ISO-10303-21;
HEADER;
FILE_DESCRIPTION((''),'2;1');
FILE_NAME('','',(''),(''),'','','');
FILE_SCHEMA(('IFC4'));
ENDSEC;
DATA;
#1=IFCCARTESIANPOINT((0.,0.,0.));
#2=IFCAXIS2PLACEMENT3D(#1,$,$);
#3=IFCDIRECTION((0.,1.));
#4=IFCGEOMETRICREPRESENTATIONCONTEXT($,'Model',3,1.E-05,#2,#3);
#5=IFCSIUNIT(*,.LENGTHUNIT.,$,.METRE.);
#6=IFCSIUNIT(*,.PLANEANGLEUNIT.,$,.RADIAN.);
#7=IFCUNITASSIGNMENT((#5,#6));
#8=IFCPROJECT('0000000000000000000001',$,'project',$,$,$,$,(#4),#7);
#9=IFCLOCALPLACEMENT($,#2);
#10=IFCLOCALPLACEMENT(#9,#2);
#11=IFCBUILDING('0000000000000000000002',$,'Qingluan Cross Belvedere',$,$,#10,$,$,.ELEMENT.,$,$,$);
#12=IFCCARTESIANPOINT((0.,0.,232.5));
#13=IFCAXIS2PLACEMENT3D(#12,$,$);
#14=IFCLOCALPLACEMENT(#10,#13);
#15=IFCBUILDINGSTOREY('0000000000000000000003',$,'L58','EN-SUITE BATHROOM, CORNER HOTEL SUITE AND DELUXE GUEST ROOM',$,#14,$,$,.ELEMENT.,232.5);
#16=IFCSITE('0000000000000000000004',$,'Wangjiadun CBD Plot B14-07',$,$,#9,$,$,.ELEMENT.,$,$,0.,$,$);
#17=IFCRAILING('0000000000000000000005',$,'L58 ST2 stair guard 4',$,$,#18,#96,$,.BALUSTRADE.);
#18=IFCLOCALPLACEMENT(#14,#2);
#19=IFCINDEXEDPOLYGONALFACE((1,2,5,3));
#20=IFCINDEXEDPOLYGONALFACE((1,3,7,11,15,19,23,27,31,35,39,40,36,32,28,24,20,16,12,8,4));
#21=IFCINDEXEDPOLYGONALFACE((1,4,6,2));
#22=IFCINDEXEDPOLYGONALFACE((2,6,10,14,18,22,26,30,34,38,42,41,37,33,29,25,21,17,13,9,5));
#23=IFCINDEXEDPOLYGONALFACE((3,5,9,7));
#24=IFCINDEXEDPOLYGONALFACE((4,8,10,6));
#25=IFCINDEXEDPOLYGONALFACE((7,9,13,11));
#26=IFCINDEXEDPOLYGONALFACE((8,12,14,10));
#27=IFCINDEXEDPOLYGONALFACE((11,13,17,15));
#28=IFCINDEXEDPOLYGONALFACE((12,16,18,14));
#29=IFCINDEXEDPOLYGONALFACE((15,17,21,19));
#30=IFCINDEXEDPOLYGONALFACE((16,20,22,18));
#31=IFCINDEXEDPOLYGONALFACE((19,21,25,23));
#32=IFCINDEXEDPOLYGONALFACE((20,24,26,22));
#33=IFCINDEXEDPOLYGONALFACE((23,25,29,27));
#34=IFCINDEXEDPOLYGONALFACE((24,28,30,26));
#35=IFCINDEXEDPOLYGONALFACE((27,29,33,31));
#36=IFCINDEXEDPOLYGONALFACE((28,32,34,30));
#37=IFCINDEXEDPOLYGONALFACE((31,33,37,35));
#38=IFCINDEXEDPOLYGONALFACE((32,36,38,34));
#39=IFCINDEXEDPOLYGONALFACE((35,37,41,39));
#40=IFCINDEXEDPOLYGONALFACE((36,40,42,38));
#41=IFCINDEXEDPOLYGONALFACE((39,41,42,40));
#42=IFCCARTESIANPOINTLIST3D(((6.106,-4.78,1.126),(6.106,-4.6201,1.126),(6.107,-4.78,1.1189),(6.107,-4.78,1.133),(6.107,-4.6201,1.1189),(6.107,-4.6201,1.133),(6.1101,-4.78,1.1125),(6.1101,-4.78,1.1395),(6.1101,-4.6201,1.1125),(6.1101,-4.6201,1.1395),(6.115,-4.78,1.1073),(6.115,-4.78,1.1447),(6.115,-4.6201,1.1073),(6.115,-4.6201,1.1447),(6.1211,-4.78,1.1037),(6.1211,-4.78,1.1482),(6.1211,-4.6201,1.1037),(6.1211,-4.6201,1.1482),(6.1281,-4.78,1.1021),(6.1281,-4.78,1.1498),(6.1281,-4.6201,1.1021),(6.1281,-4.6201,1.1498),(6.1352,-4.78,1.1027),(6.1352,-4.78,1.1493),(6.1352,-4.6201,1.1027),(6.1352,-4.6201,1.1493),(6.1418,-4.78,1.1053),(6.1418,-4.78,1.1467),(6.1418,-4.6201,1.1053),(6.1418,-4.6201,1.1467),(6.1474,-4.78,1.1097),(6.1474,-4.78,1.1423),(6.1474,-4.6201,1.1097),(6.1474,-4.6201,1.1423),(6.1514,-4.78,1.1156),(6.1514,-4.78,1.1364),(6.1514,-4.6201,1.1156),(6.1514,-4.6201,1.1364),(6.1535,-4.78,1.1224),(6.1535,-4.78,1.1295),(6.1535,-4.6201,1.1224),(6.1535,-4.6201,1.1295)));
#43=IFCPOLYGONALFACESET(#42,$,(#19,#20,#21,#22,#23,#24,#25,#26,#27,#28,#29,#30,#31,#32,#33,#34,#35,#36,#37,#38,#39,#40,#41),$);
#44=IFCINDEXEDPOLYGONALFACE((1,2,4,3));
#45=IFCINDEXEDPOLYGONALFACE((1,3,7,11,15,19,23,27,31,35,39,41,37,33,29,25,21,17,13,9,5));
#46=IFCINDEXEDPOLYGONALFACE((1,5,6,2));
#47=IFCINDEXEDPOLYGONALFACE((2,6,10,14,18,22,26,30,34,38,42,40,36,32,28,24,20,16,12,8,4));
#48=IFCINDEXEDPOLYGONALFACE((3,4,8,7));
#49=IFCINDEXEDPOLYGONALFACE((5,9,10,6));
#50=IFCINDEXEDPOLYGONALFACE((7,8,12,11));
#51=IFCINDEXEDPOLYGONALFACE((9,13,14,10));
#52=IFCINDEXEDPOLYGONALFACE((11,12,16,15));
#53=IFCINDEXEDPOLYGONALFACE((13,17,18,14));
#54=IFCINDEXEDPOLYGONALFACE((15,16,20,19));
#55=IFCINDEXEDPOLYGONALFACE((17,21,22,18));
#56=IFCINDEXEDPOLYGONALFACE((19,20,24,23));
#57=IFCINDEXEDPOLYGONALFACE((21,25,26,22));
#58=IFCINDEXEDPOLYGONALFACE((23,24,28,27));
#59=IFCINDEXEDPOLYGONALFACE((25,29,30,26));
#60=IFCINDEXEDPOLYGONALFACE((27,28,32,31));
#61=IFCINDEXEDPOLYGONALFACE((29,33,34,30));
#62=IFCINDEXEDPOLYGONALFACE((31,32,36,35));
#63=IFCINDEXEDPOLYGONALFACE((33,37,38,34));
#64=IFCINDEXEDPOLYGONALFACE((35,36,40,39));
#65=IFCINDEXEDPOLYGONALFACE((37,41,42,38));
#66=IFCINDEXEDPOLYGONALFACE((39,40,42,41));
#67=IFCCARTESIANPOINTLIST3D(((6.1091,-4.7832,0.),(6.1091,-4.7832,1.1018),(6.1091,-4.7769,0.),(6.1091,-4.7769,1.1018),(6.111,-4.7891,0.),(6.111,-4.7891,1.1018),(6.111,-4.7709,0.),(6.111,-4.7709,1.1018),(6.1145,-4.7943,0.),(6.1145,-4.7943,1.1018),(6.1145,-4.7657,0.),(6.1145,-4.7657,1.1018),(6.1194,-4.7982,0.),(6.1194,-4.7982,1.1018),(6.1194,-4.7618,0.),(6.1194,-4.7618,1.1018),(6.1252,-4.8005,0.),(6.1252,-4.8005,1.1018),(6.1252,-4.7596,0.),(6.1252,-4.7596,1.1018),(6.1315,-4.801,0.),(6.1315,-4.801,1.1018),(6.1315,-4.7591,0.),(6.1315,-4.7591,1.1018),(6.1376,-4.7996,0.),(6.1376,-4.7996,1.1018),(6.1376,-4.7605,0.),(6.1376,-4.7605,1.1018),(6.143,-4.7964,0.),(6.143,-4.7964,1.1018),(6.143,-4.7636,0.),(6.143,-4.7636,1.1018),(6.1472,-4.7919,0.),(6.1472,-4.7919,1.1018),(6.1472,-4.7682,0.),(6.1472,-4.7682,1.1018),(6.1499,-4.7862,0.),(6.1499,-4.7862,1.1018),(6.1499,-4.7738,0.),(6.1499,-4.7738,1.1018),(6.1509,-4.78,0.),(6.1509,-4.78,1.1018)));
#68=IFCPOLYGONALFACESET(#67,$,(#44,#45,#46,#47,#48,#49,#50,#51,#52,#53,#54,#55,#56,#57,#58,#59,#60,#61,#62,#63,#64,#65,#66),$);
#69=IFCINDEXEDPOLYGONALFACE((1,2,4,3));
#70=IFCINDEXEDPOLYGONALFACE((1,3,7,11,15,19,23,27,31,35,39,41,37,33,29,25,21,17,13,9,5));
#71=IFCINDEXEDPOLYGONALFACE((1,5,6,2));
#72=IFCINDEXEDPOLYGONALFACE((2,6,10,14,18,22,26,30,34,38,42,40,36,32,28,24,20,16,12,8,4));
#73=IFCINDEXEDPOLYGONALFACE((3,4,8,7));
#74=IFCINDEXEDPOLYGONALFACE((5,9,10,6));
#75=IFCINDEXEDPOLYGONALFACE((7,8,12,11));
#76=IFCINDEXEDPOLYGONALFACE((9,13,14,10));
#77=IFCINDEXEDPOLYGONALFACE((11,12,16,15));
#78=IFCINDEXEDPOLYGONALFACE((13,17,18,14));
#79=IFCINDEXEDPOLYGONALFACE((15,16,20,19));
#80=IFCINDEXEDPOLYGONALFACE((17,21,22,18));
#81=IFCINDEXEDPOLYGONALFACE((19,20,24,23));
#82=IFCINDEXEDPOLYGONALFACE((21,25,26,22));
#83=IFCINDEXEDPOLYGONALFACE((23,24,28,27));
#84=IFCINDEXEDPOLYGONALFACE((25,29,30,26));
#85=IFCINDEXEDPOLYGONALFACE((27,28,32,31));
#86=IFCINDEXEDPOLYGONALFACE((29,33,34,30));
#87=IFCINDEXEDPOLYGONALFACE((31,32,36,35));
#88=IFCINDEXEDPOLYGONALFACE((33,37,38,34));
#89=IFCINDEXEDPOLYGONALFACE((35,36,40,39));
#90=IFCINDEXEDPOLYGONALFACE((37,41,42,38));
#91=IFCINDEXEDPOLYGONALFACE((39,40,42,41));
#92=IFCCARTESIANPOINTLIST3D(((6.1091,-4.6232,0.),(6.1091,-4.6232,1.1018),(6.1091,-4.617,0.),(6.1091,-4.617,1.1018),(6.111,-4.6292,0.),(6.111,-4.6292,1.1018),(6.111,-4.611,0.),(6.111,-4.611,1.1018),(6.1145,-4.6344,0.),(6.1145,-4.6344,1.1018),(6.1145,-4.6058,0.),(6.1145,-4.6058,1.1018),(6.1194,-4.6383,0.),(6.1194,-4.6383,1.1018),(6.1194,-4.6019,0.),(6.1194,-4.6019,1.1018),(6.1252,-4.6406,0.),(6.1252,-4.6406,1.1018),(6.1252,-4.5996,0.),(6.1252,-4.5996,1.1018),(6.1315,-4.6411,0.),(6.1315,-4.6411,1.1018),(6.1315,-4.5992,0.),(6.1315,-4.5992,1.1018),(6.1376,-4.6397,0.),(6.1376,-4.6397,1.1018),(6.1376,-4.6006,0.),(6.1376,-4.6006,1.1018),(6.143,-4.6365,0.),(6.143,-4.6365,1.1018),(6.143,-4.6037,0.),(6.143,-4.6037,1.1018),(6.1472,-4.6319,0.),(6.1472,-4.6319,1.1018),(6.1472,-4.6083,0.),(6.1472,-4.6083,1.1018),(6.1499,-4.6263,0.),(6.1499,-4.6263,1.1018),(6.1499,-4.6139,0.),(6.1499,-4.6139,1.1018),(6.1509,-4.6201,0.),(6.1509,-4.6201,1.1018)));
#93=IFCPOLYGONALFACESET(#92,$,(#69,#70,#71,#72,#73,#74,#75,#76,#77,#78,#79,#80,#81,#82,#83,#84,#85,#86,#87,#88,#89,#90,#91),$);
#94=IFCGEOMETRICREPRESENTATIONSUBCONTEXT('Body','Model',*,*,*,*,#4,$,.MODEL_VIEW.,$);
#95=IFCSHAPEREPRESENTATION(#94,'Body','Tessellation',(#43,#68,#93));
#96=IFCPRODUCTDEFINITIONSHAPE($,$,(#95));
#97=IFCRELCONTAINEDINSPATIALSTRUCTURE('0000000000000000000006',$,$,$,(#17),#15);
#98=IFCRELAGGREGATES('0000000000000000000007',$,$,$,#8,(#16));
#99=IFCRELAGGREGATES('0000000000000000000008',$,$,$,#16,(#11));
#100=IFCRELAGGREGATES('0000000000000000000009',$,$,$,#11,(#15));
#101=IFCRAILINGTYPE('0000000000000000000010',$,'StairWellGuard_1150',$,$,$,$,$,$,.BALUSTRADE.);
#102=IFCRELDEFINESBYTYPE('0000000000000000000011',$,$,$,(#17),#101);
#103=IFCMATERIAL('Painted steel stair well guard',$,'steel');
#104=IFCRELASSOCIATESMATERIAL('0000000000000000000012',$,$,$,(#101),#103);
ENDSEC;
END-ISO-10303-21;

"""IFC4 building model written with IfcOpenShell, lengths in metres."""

from ifc_helpers import new_model, si_unit, direction, frame, origin, origin_2d, place, context, subcontext, project, spatial, circle, extrude, material, type_object, element, save


model = new_model("IFC4")

# Units and contexts
model_context = context("Model", 3, precision=1e-05, world=origin(), true_north=direction((0.0, 1.0)))
body_context = subcontext(model_context, "Body", "Model", "MODEL_VIEW")
ifc_project = project(units=[si_unit("LENGTHUNIT", "METRE"), si_unit("PLANEANGLEUNIT", "RADIAN")], contexts=[model_context])

# Site, building, storey
site_placement = place(None, origin())
site = spatial("IfcSite", under=ifc_project, at=site_placement, Name="Wangjiadun CBD Plot B14-07", CompositionType="ELEMENT", RefElevation=0.0)
building_placement = place(site_placement, origin())
building = spatial("IfcBuilding", under=site, at=building_placement, Name="Qingluan Cross Belvedere", CompositionType="ELEMENT")
storey_placement = place(building_placement, frame((0.0, 0.0, 232.5)))
storey = spatial("IfcBuildingStorey", under=building, at=storey_placement, Name="L58", Description="EN-SUITE BATHROOM, CORNER HOTEL SUITE AND DELUXE GUEST ROOM", CompositionType="ELEMENT", Elevation=232.5)

# Railing
ifc_material_1 = material(Name="Painted steel stair well guard", Category="steel")
railing_type_1 = type_object("IfcRailingType", Name="StairWellGuard_1150", PredefinedType="BALUSTRADE", material=ifc_material_1)
railing_1_placement = place(storey_placement, frame((6.1299, -4.78, 0.0)))
element("IfcRailing", 1, at=railing_1_placement, inside=storey, type_object=railing_type_1, Name="L58 ST2 stair guard 4", PredefinedType="BALUSTRADE", context=body_context, shape_type="SweptSolid", body=[
    extrude(circle(Radius=0.0239, at=origin_2d()), frame((0.0, 0.0, 1.126), z_axis=(0.0, 1.0, 0.0), x_axis=(-1.0, 0.0, 0.0)), (0.0, 0.0, 1.0), 0.1599),
    extrude(circle(Radius=0.021, at=origin_2d()), origin(), (0.0, 0.0, 1.0), 1.1018),
    extrude(circle(Radius=0.021, at=origin_2d()), frame((0.0, 0.1599, 0.0)), (0.0, 0.0, 1.0), 1.1018),
])

save(model, "model.ifc")
